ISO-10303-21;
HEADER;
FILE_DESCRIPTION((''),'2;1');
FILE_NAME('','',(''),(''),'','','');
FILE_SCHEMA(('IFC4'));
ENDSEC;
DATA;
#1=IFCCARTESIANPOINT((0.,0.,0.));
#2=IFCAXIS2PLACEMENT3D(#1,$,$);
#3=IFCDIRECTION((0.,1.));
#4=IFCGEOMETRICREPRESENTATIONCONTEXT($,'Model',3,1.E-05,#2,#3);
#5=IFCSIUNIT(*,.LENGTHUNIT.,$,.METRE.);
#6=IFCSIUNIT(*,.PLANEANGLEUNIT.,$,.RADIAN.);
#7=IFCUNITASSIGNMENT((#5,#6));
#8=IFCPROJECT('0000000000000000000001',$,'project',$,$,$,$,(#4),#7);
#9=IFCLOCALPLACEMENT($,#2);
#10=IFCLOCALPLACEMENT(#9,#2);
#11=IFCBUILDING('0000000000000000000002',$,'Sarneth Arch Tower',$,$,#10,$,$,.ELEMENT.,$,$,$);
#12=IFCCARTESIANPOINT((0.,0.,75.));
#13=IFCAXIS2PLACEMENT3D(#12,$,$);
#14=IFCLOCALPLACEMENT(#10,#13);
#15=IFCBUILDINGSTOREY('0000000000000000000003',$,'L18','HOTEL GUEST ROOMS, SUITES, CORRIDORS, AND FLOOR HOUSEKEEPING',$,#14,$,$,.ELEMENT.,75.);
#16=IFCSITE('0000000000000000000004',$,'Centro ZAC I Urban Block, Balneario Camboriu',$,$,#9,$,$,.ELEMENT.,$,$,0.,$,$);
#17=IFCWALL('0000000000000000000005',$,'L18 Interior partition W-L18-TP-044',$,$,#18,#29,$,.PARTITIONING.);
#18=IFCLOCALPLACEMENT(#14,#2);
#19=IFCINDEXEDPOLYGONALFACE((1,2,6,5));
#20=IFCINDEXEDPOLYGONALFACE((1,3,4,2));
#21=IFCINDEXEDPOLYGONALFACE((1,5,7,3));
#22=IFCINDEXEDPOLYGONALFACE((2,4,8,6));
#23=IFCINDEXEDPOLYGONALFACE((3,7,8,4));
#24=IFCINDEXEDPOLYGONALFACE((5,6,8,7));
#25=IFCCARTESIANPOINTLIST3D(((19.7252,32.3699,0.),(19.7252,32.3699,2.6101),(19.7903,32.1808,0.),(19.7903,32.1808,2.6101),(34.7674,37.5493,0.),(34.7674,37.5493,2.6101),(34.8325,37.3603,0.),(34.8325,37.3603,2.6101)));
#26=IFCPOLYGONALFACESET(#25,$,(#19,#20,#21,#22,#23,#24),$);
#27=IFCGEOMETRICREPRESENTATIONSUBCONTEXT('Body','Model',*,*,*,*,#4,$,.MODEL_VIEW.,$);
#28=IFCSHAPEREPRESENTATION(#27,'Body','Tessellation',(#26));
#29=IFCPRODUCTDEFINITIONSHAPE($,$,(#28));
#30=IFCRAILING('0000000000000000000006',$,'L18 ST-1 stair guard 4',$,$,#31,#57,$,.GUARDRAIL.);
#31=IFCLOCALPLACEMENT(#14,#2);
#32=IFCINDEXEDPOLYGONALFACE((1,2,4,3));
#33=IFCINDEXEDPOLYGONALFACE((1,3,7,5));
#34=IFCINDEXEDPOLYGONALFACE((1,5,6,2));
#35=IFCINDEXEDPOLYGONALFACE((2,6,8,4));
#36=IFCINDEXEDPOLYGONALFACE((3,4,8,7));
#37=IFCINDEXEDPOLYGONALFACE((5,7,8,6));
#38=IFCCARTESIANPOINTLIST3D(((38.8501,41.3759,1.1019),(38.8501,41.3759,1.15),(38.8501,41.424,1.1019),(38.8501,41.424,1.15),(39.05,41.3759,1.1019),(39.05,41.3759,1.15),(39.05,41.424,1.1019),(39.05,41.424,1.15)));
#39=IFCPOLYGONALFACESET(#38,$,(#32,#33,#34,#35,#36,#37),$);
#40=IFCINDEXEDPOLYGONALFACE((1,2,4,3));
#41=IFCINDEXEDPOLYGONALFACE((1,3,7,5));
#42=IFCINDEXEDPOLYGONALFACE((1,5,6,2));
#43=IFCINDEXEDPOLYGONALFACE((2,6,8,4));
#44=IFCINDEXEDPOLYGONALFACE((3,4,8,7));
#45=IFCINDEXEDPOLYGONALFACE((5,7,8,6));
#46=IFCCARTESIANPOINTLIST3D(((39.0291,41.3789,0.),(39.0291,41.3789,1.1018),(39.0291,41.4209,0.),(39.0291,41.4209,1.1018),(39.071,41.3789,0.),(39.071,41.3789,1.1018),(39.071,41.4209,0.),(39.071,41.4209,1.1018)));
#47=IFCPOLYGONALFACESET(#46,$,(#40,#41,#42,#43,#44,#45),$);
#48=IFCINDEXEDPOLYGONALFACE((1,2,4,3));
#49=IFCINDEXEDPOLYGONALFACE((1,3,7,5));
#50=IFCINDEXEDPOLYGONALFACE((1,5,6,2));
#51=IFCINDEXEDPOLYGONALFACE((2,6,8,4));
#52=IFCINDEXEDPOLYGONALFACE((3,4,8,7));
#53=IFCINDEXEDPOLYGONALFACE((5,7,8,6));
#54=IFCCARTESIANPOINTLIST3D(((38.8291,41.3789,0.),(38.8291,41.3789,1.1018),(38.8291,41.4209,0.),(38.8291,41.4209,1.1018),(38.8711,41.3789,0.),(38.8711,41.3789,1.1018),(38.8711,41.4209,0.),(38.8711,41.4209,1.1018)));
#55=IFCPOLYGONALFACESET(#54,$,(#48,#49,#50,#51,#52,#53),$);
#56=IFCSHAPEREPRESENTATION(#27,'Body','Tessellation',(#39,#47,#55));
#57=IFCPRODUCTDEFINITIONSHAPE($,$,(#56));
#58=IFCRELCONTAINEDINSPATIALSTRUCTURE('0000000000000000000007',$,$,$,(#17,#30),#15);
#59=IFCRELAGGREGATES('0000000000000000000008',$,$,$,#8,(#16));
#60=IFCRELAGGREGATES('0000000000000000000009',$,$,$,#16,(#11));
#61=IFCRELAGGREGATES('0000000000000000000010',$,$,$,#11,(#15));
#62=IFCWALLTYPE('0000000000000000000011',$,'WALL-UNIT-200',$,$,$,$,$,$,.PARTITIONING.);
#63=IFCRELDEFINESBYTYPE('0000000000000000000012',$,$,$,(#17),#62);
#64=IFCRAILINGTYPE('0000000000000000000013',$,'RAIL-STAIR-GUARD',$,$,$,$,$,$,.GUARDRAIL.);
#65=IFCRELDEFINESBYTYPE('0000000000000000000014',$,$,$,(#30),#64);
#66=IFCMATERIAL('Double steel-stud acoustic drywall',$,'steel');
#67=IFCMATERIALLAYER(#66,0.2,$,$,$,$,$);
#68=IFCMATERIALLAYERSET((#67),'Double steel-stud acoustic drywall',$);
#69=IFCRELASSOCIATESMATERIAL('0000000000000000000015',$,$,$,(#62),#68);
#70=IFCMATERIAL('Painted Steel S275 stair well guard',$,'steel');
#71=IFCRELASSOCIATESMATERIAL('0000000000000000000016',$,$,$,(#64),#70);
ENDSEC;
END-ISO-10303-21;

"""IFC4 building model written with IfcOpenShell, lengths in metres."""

from ifc_helpers import new_model, si_unit, direction, frame, frame_2d, origin, origin_2d, place, context, subcontext, project, spatial, rectangle, extrude, material, layer, layer_set, type_object, element, save


model = new_model("IFC4")

# Units and contexts
model_context = context("Model", 3, precision=1e-05, world=origin(), true_north=direction((0.0, 1.0)))
body_context = subcontext(model_context, "Body", "Model", "MODEL_VIEW")
ifc_project = project(units=[si_unit("LENGTHUNIT", "METRE"), si_unit("PLANEANGLEUNIT", "RADIAN")], contexts=[model_context])

# Site, building, storey
site_placement = place(None, origin())
site = spatial("IfcSite", under=ifc_project, at=site_placement, Name="Centro ZAC I Urban Block, Balneario Camboriu", CompositionType="ELEMENT", RefElevation=0.0)
building_placement = place(site_placement, origin())
building = spatial("IfcBuilding", under=site, at=building_placement, Name="Sarneth Arch Tower", CompositionType="ELEMENT")
storey_placement = place(building_placement, frame((0.0, 0.0, 75.0)))
storey = spatial("IfcBuildingStorey", under=building, at=storey_placement, Name="L18", Description="HOTEL GUEST ROOMS, SUITES, CORRIDORS, AND FLOOR HOUSEKEEPING", CompositionType="ELEMENT", Elevation=75.0)

# Wall
ifc_material_1 = material(Name="Double steel-stud acoustic drywall", Category="steel")
ifc_layer_1 = layer(ifc_material_1, 0.2)
ifc_layer_set_1 = layer_set([ifc_layer_1], Name="Double steel-stud acoustic drywall")
wall_type_1 = type_object("IfcWallType", Name="WALL-UNIT-200", PredefinedType="PARTITIONING", material=ifc_layer_set_1)
wall_1_placement = place(storey_placement, frame((34.8, 37.4548, 0.0), z_axis=(0.0, 0.0, 1.0), x_axis=(-0.945519, -0.325567, 0.0)))
element("IfcWall", 1, at=wall_1_placement, inside=storey, type_object=wall_type_1, Name="L18 Interior partition W-L18-TP-044", PredefinedType="PARTITIONING", context=body_context, shape_type="SweptSolid", body=[
    extrude(rectangle(XDim=15.9089, YDim=0.2, at=frame_2d((7.9546, 0.0))), origin(), (0.0, 0.0, 1.0), 2.6101),
])

# Railing
ifc_material_2 = material(Name="Painted Steel S275 stair well guard", Category="steel")
railing_type = type_object("IfcRailingType", Name="RAIL-STAIR-GUARD", PredefinedType="GUARDRAIL", material=ifc_material_2)
railing_placement = place(storey_placement, frame((39.05, 41.3999, 0.0)))
element("IfcRailing", 2, at=railing_placement, inside=storey, type_object=railing_type, Name="L18 ST-1 stair guard 4", PredefinedType="GUARDRAIL", context=body_context, shape_type="SweptSolid", body=[
    extrude(rectangle(XDim=0.0481, YDim=0.0481, at=origin_2d()), frame((0.0, 0.0, 1.126), z_axis=(-1.0, 0.0, 0.0), x_axis=(0.0, -1.0, 0.0)), (0.0, 0.0, 1.0), 0.2),
    extrude(rectangle(XDim=0.042, YDim=0.042, at=origin_2d()), origin(), (0.0, 0.0, 1.0), 1.1018),
    extrude(rectangle(XDim=0.042, YDim=0.042, at=origin_2d()), frame((-0.2, 0.0, 0.0)), (0.0, 0.0, 1.0), 1.1018),
])

save(model, "model.ifc")
